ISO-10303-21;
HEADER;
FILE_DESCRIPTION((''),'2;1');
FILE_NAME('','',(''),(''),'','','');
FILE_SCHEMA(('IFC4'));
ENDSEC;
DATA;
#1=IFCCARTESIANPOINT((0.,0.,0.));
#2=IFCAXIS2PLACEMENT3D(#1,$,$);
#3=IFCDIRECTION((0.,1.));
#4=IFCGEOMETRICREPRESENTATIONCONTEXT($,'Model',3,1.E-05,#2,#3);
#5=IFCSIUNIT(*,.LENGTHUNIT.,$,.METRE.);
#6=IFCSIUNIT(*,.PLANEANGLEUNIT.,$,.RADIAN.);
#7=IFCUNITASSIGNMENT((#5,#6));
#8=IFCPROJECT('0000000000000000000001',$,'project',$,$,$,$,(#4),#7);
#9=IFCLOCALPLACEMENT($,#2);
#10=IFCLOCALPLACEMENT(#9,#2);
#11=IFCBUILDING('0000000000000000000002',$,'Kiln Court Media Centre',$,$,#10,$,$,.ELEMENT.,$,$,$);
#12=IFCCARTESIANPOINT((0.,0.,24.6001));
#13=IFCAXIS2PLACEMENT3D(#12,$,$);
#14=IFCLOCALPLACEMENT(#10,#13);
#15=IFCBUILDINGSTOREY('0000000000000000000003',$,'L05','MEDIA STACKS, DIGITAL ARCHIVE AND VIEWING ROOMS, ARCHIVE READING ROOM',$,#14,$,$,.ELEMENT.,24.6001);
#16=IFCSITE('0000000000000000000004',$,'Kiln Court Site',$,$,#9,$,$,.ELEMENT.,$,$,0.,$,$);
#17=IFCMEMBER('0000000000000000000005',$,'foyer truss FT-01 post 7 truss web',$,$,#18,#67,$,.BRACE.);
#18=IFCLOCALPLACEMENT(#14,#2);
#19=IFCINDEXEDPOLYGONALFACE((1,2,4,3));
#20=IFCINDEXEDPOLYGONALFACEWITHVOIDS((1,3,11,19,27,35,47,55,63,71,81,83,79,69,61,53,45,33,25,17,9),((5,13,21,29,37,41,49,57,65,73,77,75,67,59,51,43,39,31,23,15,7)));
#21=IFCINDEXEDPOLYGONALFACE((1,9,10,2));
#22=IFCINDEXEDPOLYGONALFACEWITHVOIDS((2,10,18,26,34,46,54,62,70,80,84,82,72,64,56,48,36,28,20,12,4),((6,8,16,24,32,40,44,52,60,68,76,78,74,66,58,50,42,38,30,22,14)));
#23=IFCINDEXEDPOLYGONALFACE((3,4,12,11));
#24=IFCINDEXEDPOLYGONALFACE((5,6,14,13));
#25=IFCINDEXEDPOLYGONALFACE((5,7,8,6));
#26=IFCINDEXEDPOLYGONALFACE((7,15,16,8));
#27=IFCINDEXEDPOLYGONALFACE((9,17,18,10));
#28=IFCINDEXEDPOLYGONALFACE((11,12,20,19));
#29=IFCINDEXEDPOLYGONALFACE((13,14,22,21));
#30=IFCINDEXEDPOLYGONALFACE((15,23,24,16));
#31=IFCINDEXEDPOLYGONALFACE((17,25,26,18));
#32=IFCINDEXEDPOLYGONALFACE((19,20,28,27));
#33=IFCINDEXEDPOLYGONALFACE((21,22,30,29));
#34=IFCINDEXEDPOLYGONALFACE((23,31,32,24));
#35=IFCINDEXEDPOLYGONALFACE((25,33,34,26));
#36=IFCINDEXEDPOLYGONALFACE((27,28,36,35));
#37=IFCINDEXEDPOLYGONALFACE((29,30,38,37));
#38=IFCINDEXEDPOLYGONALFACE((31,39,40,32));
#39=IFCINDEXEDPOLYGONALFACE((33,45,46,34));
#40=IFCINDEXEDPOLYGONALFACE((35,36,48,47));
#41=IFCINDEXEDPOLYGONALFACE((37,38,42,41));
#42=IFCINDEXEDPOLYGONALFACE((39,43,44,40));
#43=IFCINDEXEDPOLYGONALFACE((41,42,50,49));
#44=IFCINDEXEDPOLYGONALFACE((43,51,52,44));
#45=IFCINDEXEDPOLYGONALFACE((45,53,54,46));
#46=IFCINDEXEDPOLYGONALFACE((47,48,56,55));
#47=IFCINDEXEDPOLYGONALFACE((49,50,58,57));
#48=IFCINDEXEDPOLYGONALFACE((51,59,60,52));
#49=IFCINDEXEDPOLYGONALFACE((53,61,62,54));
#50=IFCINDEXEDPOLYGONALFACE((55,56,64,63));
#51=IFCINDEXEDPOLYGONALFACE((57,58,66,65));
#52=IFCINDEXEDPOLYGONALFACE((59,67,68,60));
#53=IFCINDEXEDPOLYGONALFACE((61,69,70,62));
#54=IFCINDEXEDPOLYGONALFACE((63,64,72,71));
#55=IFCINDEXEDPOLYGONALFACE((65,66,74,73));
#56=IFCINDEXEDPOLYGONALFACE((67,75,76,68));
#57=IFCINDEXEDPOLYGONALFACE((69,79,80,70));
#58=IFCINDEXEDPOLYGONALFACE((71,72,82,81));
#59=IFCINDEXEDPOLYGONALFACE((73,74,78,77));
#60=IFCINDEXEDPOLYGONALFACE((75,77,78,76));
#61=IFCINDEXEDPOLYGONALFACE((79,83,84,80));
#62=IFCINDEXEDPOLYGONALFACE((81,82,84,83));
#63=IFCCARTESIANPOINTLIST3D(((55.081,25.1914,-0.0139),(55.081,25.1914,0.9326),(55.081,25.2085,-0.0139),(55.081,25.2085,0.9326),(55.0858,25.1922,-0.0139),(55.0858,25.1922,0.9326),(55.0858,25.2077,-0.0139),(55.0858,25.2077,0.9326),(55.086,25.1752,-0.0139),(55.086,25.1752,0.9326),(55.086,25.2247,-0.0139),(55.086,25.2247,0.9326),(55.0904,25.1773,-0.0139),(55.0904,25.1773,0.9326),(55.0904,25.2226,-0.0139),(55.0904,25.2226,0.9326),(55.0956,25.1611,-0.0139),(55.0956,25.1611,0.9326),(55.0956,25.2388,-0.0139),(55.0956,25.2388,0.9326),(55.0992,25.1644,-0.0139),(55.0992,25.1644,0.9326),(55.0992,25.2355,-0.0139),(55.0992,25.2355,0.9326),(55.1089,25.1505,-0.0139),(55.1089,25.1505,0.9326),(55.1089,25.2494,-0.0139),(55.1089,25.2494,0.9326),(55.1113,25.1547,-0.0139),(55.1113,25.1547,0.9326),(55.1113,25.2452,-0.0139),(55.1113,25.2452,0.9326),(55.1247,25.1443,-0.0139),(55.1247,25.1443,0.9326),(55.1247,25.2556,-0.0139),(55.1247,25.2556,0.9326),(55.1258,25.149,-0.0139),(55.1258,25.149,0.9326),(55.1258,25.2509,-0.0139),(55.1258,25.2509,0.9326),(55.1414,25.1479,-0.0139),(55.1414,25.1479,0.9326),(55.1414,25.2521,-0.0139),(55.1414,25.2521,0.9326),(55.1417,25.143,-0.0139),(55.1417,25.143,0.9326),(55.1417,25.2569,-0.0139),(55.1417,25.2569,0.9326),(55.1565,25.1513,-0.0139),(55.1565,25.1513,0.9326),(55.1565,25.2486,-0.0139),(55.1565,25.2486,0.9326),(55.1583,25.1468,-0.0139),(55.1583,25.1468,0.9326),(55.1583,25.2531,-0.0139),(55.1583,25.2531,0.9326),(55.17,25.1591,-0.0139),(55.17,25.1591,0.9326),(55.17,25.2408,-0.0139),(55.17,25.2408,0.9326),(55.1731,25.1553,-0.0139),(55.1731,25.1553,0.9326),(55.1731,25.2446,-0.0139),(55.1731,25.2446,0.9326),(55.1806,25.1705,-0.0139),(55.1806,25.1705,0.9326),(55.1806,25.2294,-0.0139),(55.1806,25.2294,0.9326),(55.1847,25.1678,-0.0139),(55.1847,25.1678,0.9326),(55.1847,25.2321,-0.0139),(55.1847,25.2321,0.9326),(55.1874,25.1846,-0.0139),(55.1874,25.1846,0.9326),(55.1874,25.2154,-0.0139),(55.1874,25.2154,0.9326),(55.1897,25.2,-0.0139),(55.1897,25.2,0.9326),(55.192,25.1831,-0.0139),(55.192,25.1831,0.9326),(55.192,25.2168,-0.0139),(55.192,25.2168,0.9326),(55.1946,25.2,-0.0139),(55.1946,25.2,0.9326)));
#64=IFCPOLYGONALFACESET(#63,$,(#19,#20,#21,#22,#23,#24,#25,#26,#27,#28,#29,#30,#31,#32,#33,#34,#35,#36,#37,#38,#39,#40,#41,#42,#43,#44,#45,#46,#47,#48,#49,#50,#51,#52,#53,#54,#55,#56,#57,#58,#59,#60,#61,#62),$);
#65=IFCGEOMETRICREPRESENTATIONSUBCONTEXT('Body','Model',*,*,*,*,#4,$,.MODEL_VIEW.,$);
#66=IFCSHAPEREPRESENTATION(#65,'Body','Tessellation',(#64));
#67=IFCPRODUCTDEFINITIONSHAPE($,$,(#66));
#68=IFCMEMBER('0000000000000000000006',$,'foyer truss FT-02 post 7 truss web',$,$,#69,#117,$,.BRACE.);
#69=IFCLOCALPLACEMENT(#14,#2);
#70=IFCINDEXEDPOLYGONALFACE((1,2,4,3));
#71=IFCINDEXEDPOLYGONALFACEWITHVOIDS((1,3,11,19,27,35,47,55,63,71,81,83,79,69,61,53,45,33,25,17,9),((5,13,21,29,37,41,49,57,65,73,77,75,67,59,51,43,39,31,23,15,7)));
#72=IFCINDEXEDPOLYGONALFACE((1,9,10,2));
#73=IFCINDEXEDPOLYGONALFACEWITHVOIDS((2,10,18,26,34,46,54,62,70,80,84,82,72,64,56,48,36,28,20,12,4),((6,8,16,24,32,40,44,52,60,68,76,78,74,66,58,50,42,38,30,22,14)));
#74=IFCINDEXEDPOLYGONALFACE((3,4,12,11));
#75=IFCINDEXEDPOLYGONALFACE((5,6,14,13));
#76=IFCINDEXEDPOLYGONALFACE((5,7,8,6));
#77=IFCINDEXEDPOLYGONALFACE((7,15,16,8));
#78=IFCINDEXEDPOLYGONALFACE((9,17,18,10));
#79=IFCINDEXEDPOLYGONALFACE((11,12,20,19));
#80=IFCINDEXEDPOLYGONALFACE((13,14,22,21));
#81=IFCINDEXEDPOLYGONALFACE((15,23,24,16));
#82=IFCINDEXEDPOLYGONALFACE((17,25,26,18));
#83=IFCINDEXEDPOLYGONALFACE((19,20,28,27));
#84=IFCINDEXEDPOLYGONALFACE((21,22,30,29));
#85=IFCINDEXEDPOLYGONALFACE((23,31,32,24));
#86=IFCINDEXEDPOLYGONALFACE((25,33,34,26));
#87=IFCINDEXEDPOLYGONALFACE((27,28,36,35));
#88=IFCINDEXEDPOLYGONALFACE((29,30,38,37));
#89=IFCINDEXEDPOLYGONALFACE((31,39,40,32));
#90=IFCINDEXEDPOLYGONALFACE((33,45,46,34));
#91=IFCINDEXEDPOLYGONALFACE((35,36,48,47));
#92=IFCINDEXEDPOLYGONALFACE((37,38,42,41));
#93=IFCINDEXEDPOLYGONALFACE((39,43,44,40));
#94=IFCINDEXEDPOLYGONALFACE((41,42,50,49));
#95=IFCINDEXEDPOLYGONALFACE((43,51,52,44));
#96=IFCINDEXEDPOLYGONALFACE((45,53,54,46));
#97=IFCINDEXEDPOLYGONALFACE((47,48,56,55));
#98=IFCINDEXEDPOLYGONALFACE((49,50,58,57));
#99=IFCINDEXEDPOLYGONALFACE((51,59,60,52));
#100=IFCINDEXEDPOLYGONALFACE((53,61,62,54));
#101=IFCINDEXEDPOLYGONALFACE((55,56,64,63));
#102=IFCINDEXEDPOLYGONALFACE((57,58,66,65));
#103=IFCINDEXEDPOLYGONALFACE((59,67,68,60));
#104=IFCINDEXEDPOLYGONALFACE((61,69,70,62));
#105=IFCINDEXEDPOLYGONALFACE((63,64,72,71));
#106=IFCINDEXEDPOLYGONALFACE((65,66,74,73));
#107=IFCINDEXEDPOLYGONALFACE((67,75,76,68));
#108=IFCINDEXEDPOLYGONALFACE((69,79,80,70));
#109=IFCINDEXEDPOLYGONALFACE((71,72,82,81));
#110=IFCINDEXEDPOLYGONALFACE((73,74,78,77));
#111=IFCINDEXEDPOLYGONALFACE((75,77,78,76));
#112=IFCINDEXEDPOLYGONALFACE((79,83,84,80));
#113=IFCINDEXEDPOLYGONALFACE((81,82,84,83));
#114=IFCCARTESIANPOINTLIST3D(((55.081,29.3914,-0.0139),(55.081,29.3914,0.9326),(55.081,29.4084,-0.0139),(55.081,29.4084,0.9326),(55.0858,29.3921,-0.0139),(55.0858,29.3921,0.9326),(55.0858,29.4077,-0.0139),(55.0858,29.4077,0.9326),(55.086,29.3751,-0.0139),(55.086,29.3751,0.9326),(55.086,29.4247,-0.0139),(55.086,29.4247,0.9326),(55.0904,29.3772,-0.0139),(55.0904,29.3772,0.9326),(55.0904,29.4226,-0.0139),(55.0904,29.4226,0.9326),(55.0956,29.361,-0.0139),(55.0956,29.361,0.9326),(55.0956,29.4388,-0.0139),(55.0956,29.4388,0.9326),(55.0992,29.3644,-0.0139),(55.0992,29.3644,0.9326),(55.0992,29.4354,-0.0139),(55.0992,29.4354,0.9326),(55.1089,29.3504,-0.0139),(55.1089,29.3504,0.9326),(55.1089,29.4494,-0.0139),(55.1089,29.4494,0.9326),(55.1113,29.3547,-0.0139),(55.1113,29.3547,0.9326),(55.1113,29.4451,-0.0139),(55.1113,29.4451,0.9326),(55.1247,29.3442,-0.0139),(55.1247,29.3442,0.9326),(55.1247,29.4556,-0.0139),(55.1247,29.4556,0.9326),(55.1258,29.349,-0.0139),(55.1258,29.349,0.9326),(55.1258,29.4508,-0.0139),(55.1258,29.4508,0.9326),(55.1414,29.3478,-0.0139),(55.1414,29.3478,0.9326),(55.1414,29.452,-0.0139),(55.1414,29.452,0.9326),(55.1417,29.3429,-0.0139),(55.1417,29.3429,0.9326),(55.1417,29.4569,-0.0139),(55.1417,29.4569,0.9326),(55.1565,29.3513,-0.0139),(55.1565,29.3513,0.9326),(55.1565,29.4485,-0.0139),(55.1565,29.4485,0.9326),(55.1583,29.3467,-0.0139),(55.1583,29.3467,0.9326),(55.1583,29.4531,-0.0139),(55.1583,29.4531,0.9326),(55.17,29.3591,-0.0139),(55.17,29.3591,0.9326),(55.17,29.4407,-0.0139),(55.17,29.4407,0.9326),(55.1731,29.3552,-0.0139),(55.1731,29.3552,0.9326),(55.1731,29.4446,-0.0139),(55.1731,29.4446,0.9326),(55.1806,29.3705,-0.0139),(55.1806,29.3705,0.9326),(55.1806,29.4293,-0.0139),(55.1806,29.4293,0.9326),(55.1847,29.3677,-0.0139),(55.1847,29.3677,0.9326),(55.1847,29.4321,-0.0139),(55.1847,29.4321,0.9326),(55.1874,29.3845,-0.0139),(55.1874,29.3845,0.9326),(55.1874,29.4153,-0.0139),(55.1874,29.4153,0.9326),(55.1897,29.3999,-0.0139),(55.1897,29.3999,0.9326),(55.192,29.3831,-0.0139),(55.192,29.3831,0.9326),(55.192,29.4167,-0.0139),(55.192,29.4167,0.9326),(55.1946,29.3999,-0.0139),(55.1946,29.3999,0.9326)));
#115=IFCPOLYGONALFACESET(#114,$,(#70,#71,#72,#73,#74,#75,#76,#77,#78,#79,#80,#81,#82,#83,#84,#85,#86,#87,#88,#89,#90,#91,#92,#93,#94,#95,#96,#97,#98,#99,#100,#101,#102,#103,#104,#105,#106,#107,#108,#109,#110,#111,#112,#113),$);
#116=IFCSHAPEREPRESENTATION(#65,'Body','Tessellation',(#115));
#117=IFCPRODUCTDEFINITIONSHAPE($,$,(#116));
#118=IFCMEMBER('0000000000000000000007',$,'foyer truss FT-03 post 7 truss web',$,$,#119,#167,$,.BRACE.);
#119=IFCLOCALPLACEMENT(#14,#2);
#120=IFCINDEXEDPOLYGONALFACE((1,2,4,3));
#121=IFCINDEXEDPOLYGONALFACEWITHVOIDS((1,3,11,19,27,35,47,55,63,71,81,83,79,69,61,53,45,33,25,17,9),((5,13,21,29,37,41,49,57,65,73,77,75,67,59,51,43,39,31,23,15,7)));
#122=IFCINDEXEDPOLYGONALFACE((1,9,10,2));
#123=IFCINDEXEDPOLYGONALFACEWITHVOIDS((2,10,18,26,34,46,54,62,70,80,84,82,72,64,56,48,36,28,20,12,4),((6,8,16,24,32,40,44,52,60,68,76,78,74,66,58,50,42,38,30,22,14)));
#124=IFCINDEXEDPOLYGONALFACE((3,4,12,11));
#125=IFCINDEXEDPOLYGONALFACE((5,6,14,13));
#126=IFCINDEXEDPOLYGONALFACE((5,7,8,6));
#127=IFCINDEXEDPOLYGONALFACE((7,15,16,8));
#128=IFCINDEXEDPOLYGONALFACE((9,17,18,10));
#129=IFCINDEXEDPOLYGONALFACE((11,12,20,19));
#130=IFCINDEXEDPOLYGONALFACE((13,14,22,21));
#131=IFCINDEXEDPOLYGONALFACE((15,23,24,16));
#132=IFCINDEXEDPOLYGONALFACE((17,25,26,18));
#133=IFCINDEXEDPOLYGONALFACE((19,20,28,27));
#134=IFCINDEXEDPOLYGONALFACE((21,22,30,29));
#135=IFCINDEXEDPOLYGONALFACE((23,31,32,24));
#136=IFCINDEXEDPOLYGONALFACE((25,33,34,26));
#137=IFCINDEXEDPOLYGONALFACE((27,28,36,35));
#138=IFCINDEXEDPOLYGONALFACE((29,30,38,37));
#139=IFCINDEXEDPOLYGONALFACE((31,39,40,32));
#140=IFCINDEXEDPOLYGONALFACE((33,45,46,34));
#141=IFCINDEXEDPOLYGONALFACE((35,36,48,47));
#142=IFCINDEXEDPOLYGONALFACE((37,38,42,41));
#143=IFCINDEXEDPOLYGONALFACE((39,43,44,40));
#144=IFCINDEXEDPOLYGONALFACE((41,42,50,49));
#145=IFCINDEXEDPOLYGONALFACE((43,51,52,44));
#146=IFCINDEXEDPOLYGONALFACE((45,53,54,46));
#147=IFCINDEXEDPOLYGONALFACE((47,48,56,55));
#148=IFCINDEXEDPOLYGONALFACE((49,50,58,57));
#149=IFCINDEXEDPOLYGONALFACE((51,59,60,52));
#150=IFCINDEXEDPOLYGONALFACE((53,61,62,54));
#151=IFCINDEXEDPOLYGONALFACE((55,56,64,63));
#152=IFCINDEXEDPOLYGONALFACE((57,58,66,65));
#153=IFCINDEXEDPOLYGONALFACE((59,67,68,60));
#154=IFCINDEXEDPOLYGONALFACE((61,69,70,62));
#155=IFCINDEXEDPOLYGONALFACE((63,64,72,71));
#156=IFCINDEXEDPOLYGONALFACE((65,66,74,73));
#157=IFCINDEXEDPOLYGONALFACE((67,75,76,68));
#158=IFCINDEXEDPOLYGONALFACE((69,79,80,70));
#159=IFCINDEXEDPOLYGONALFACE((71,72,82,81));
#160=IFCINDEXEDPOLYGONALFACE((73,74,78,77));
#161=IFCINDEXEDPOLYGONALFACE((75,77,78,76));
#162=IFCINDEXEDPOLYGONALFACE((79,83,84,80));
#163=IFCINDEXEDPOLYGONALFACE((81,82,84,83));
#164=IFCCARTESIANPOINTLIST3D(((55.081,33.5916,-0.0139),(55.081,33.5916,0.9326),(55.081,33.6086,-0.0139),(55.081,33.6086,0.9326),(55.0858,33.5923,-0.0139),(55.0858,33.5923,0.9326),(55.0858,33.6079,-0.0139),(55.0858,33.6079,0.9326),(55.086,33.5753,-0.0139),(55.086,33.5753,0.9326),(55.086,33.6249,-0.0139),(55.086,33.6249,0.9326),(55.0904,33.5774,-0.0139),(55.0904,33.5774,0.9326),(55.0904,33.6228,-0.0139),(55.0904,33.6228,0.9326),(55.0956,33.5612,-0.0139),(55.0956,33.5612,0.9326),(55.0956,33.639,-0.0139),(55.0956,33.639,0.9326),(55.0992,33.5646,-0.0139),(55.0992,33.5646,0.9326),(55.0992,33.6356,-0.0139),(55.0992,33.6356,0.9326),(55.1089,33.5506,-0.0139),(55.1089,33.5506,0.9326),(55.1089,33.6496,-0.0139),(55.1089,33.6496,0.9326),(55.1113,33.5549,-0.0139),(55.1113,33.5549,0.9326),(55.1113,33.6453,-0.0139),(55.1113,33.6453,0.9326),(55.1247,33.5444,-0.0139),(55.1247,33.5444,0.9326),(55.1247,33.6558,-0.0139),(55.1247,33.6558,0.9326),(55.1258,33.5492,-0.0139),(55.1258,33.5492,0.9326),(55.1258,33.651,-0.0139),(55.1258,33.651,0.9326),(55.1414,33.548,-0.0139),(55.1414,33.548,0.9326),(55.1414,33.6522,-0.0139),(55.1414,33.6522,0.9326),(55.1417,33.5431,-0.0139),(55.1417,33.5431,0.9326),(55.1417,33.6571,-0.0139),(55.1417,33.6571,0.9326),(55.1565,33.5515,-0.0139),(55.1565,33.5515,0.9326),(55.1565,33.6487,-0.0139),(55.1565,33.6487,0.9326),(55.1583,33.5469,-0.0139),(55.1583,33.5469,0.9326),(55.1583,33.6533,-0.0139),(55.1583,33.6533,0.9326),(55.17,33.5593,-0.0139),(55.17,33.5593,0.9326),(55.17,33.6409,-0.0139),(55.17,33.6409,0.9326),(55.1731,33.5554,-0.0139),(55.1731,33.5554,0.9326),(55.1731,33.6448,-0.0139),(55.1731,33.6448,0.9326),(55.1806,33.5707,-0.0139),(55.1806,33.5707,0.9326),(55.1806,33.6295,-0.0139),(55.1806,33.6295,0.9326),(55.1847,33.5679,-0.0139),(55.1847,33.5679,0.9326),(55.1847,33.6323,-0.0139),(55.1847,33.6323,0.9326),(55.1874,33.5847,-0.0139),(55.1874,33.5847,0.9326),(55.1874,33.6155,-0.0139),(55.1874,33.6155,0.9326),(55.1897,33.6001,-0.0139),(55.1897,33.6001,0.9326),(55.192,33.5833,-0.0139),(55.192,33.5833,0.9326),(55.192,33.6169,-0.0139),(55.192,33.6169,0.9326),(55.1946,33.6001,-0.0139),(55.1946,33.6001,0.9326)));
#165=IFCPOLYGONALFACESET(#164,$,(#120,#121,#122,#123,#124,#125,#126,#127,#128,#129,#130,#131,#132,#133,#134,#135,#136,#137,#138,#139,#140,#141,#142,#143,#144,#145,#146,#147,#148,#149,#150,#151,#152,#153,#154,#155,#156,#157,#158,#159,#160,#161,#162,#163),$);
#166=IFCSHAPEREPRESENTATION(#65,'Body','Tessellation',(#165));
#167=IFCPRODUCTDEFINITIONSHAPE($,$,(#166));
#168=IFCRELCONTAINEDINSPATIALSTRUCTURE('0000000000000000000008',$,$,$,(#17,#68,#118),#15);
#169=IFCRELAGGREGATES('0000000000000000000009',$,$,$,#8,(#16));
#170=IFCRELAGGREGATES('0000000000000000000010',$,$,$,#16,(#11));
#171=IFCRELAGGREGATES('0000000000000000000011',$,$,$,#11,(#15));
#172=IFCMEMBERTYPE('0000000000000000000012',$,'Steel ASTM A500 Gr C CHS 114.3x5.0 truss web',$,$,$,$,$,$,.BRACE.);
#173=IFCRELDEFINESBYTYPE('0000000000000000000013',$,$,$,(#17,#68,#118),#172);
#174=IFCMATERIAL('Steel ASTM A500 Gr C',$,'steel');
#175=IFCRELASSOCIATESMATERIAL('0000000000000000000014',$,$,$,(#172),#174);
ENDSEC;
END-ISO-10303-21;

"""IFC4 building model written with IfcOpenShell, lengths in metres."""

from ifc_helpers import new_model, si_unit, direction, frame, origin, origin_2d, place, context, subcontext, project, spatial, hollow_circle, extrude, material, material_profile, profile_set, type_object, element, save


model = new_model("IFC4")

# Units and contexts
model_context = context("Model", 3, precision=1e-05, world=origin(), true_north=direction((0.0, 1.0)))
body_context = subcontext(model_context, "Body", "Model", "MODEL_VIEW")
ifc_project = project(units=[si_unit("LENGTHUNIT", "METRE"), si_unit("PLANEANGLEUNIT", "RADIAN")], contexts=[model_context])

# Site, building, storey
site_placement = place(None, origin())
site = spatial("IfcSite", under=ifc_project, at=site_placement, Name="Kiln Court Site", CompositionType="ELEMENT", RefElevation=0.0)
building_placement = place(site_placement, origin())
building = spatial("IfcBuilding", under=site, at=building_placement, Name="Kiln Court Media Centre", CompositionType="ELEMENT")
storey_placement = place(building_placement, frame((0.0, 0.0, 24.6001)))
storey = spatial("IfcBuildingStorey", under=building, at=storey_placement, Name="L05", Description="MEDIA STACKS, DIGITAL ARCHIVE AND VIEWING ROOMS, ARCHIVE READING ROOM", CompositionType="ELEMENT", Elevation=24.6001)

# Members
ifc_material_1 = material(Name="Steel ASTM A500 Gr C", Category="steel")
ifc_material_profile_1 = material_profile(ifc_material_1, hollow_circle(Radius=0.0571, WallThickness=0.0049, at=origin_2d()), Name="CHS 114.3x5.0")
ifc_profile_set_1 = profile_set([ifc_material_profile_1], Name="Steel ASTM A500 Gr C")
member_type_1 = type_object("IfcMemberType", Name="Steel ASTM A500 Gr C CHS 114.3x5.0 truss web", PredefinedType="BRACE", material=ifc_profile_set_1)
for number, where, z_axis, x_axis, name in (
    (1, (55.1375, 25.2, -0.0139), (0.0, 0.0, 1.0), (1.0, 0.0, 0.0), "foyer truss FT-01 post 7 truss web"),
    (2, (55.1375, 29.3999, -0.0139), (0.0, 0.0, 1.0), (1.0, 0.0, 0.0), "foyer truss FT-02 post 7 truss web"),
    (3, (55.1375, 33.6001, -0.0139), (0.0, 0.0, 1.0), (1.0, 0.0, 0.0), "foyer truss FT-03 post 7 truss web"),
):
    element("IfcMember", number, at=place(storey_placement, frame(where, z_axis=z_axis, x_axis=x_axis)), inside=storey, type_object=member_type_1, Name=name, PredefinedType="BRACE", context=body_context, shape_type="SweptSolid", body=[
        extrude(hollow_circle(Radius=0.0571, WallThickness=0.0049, at=origin_2d()), origin(), (0.0, 0.0, 1.0), 0.9465),
    ])

save(model, "model.ifc")
